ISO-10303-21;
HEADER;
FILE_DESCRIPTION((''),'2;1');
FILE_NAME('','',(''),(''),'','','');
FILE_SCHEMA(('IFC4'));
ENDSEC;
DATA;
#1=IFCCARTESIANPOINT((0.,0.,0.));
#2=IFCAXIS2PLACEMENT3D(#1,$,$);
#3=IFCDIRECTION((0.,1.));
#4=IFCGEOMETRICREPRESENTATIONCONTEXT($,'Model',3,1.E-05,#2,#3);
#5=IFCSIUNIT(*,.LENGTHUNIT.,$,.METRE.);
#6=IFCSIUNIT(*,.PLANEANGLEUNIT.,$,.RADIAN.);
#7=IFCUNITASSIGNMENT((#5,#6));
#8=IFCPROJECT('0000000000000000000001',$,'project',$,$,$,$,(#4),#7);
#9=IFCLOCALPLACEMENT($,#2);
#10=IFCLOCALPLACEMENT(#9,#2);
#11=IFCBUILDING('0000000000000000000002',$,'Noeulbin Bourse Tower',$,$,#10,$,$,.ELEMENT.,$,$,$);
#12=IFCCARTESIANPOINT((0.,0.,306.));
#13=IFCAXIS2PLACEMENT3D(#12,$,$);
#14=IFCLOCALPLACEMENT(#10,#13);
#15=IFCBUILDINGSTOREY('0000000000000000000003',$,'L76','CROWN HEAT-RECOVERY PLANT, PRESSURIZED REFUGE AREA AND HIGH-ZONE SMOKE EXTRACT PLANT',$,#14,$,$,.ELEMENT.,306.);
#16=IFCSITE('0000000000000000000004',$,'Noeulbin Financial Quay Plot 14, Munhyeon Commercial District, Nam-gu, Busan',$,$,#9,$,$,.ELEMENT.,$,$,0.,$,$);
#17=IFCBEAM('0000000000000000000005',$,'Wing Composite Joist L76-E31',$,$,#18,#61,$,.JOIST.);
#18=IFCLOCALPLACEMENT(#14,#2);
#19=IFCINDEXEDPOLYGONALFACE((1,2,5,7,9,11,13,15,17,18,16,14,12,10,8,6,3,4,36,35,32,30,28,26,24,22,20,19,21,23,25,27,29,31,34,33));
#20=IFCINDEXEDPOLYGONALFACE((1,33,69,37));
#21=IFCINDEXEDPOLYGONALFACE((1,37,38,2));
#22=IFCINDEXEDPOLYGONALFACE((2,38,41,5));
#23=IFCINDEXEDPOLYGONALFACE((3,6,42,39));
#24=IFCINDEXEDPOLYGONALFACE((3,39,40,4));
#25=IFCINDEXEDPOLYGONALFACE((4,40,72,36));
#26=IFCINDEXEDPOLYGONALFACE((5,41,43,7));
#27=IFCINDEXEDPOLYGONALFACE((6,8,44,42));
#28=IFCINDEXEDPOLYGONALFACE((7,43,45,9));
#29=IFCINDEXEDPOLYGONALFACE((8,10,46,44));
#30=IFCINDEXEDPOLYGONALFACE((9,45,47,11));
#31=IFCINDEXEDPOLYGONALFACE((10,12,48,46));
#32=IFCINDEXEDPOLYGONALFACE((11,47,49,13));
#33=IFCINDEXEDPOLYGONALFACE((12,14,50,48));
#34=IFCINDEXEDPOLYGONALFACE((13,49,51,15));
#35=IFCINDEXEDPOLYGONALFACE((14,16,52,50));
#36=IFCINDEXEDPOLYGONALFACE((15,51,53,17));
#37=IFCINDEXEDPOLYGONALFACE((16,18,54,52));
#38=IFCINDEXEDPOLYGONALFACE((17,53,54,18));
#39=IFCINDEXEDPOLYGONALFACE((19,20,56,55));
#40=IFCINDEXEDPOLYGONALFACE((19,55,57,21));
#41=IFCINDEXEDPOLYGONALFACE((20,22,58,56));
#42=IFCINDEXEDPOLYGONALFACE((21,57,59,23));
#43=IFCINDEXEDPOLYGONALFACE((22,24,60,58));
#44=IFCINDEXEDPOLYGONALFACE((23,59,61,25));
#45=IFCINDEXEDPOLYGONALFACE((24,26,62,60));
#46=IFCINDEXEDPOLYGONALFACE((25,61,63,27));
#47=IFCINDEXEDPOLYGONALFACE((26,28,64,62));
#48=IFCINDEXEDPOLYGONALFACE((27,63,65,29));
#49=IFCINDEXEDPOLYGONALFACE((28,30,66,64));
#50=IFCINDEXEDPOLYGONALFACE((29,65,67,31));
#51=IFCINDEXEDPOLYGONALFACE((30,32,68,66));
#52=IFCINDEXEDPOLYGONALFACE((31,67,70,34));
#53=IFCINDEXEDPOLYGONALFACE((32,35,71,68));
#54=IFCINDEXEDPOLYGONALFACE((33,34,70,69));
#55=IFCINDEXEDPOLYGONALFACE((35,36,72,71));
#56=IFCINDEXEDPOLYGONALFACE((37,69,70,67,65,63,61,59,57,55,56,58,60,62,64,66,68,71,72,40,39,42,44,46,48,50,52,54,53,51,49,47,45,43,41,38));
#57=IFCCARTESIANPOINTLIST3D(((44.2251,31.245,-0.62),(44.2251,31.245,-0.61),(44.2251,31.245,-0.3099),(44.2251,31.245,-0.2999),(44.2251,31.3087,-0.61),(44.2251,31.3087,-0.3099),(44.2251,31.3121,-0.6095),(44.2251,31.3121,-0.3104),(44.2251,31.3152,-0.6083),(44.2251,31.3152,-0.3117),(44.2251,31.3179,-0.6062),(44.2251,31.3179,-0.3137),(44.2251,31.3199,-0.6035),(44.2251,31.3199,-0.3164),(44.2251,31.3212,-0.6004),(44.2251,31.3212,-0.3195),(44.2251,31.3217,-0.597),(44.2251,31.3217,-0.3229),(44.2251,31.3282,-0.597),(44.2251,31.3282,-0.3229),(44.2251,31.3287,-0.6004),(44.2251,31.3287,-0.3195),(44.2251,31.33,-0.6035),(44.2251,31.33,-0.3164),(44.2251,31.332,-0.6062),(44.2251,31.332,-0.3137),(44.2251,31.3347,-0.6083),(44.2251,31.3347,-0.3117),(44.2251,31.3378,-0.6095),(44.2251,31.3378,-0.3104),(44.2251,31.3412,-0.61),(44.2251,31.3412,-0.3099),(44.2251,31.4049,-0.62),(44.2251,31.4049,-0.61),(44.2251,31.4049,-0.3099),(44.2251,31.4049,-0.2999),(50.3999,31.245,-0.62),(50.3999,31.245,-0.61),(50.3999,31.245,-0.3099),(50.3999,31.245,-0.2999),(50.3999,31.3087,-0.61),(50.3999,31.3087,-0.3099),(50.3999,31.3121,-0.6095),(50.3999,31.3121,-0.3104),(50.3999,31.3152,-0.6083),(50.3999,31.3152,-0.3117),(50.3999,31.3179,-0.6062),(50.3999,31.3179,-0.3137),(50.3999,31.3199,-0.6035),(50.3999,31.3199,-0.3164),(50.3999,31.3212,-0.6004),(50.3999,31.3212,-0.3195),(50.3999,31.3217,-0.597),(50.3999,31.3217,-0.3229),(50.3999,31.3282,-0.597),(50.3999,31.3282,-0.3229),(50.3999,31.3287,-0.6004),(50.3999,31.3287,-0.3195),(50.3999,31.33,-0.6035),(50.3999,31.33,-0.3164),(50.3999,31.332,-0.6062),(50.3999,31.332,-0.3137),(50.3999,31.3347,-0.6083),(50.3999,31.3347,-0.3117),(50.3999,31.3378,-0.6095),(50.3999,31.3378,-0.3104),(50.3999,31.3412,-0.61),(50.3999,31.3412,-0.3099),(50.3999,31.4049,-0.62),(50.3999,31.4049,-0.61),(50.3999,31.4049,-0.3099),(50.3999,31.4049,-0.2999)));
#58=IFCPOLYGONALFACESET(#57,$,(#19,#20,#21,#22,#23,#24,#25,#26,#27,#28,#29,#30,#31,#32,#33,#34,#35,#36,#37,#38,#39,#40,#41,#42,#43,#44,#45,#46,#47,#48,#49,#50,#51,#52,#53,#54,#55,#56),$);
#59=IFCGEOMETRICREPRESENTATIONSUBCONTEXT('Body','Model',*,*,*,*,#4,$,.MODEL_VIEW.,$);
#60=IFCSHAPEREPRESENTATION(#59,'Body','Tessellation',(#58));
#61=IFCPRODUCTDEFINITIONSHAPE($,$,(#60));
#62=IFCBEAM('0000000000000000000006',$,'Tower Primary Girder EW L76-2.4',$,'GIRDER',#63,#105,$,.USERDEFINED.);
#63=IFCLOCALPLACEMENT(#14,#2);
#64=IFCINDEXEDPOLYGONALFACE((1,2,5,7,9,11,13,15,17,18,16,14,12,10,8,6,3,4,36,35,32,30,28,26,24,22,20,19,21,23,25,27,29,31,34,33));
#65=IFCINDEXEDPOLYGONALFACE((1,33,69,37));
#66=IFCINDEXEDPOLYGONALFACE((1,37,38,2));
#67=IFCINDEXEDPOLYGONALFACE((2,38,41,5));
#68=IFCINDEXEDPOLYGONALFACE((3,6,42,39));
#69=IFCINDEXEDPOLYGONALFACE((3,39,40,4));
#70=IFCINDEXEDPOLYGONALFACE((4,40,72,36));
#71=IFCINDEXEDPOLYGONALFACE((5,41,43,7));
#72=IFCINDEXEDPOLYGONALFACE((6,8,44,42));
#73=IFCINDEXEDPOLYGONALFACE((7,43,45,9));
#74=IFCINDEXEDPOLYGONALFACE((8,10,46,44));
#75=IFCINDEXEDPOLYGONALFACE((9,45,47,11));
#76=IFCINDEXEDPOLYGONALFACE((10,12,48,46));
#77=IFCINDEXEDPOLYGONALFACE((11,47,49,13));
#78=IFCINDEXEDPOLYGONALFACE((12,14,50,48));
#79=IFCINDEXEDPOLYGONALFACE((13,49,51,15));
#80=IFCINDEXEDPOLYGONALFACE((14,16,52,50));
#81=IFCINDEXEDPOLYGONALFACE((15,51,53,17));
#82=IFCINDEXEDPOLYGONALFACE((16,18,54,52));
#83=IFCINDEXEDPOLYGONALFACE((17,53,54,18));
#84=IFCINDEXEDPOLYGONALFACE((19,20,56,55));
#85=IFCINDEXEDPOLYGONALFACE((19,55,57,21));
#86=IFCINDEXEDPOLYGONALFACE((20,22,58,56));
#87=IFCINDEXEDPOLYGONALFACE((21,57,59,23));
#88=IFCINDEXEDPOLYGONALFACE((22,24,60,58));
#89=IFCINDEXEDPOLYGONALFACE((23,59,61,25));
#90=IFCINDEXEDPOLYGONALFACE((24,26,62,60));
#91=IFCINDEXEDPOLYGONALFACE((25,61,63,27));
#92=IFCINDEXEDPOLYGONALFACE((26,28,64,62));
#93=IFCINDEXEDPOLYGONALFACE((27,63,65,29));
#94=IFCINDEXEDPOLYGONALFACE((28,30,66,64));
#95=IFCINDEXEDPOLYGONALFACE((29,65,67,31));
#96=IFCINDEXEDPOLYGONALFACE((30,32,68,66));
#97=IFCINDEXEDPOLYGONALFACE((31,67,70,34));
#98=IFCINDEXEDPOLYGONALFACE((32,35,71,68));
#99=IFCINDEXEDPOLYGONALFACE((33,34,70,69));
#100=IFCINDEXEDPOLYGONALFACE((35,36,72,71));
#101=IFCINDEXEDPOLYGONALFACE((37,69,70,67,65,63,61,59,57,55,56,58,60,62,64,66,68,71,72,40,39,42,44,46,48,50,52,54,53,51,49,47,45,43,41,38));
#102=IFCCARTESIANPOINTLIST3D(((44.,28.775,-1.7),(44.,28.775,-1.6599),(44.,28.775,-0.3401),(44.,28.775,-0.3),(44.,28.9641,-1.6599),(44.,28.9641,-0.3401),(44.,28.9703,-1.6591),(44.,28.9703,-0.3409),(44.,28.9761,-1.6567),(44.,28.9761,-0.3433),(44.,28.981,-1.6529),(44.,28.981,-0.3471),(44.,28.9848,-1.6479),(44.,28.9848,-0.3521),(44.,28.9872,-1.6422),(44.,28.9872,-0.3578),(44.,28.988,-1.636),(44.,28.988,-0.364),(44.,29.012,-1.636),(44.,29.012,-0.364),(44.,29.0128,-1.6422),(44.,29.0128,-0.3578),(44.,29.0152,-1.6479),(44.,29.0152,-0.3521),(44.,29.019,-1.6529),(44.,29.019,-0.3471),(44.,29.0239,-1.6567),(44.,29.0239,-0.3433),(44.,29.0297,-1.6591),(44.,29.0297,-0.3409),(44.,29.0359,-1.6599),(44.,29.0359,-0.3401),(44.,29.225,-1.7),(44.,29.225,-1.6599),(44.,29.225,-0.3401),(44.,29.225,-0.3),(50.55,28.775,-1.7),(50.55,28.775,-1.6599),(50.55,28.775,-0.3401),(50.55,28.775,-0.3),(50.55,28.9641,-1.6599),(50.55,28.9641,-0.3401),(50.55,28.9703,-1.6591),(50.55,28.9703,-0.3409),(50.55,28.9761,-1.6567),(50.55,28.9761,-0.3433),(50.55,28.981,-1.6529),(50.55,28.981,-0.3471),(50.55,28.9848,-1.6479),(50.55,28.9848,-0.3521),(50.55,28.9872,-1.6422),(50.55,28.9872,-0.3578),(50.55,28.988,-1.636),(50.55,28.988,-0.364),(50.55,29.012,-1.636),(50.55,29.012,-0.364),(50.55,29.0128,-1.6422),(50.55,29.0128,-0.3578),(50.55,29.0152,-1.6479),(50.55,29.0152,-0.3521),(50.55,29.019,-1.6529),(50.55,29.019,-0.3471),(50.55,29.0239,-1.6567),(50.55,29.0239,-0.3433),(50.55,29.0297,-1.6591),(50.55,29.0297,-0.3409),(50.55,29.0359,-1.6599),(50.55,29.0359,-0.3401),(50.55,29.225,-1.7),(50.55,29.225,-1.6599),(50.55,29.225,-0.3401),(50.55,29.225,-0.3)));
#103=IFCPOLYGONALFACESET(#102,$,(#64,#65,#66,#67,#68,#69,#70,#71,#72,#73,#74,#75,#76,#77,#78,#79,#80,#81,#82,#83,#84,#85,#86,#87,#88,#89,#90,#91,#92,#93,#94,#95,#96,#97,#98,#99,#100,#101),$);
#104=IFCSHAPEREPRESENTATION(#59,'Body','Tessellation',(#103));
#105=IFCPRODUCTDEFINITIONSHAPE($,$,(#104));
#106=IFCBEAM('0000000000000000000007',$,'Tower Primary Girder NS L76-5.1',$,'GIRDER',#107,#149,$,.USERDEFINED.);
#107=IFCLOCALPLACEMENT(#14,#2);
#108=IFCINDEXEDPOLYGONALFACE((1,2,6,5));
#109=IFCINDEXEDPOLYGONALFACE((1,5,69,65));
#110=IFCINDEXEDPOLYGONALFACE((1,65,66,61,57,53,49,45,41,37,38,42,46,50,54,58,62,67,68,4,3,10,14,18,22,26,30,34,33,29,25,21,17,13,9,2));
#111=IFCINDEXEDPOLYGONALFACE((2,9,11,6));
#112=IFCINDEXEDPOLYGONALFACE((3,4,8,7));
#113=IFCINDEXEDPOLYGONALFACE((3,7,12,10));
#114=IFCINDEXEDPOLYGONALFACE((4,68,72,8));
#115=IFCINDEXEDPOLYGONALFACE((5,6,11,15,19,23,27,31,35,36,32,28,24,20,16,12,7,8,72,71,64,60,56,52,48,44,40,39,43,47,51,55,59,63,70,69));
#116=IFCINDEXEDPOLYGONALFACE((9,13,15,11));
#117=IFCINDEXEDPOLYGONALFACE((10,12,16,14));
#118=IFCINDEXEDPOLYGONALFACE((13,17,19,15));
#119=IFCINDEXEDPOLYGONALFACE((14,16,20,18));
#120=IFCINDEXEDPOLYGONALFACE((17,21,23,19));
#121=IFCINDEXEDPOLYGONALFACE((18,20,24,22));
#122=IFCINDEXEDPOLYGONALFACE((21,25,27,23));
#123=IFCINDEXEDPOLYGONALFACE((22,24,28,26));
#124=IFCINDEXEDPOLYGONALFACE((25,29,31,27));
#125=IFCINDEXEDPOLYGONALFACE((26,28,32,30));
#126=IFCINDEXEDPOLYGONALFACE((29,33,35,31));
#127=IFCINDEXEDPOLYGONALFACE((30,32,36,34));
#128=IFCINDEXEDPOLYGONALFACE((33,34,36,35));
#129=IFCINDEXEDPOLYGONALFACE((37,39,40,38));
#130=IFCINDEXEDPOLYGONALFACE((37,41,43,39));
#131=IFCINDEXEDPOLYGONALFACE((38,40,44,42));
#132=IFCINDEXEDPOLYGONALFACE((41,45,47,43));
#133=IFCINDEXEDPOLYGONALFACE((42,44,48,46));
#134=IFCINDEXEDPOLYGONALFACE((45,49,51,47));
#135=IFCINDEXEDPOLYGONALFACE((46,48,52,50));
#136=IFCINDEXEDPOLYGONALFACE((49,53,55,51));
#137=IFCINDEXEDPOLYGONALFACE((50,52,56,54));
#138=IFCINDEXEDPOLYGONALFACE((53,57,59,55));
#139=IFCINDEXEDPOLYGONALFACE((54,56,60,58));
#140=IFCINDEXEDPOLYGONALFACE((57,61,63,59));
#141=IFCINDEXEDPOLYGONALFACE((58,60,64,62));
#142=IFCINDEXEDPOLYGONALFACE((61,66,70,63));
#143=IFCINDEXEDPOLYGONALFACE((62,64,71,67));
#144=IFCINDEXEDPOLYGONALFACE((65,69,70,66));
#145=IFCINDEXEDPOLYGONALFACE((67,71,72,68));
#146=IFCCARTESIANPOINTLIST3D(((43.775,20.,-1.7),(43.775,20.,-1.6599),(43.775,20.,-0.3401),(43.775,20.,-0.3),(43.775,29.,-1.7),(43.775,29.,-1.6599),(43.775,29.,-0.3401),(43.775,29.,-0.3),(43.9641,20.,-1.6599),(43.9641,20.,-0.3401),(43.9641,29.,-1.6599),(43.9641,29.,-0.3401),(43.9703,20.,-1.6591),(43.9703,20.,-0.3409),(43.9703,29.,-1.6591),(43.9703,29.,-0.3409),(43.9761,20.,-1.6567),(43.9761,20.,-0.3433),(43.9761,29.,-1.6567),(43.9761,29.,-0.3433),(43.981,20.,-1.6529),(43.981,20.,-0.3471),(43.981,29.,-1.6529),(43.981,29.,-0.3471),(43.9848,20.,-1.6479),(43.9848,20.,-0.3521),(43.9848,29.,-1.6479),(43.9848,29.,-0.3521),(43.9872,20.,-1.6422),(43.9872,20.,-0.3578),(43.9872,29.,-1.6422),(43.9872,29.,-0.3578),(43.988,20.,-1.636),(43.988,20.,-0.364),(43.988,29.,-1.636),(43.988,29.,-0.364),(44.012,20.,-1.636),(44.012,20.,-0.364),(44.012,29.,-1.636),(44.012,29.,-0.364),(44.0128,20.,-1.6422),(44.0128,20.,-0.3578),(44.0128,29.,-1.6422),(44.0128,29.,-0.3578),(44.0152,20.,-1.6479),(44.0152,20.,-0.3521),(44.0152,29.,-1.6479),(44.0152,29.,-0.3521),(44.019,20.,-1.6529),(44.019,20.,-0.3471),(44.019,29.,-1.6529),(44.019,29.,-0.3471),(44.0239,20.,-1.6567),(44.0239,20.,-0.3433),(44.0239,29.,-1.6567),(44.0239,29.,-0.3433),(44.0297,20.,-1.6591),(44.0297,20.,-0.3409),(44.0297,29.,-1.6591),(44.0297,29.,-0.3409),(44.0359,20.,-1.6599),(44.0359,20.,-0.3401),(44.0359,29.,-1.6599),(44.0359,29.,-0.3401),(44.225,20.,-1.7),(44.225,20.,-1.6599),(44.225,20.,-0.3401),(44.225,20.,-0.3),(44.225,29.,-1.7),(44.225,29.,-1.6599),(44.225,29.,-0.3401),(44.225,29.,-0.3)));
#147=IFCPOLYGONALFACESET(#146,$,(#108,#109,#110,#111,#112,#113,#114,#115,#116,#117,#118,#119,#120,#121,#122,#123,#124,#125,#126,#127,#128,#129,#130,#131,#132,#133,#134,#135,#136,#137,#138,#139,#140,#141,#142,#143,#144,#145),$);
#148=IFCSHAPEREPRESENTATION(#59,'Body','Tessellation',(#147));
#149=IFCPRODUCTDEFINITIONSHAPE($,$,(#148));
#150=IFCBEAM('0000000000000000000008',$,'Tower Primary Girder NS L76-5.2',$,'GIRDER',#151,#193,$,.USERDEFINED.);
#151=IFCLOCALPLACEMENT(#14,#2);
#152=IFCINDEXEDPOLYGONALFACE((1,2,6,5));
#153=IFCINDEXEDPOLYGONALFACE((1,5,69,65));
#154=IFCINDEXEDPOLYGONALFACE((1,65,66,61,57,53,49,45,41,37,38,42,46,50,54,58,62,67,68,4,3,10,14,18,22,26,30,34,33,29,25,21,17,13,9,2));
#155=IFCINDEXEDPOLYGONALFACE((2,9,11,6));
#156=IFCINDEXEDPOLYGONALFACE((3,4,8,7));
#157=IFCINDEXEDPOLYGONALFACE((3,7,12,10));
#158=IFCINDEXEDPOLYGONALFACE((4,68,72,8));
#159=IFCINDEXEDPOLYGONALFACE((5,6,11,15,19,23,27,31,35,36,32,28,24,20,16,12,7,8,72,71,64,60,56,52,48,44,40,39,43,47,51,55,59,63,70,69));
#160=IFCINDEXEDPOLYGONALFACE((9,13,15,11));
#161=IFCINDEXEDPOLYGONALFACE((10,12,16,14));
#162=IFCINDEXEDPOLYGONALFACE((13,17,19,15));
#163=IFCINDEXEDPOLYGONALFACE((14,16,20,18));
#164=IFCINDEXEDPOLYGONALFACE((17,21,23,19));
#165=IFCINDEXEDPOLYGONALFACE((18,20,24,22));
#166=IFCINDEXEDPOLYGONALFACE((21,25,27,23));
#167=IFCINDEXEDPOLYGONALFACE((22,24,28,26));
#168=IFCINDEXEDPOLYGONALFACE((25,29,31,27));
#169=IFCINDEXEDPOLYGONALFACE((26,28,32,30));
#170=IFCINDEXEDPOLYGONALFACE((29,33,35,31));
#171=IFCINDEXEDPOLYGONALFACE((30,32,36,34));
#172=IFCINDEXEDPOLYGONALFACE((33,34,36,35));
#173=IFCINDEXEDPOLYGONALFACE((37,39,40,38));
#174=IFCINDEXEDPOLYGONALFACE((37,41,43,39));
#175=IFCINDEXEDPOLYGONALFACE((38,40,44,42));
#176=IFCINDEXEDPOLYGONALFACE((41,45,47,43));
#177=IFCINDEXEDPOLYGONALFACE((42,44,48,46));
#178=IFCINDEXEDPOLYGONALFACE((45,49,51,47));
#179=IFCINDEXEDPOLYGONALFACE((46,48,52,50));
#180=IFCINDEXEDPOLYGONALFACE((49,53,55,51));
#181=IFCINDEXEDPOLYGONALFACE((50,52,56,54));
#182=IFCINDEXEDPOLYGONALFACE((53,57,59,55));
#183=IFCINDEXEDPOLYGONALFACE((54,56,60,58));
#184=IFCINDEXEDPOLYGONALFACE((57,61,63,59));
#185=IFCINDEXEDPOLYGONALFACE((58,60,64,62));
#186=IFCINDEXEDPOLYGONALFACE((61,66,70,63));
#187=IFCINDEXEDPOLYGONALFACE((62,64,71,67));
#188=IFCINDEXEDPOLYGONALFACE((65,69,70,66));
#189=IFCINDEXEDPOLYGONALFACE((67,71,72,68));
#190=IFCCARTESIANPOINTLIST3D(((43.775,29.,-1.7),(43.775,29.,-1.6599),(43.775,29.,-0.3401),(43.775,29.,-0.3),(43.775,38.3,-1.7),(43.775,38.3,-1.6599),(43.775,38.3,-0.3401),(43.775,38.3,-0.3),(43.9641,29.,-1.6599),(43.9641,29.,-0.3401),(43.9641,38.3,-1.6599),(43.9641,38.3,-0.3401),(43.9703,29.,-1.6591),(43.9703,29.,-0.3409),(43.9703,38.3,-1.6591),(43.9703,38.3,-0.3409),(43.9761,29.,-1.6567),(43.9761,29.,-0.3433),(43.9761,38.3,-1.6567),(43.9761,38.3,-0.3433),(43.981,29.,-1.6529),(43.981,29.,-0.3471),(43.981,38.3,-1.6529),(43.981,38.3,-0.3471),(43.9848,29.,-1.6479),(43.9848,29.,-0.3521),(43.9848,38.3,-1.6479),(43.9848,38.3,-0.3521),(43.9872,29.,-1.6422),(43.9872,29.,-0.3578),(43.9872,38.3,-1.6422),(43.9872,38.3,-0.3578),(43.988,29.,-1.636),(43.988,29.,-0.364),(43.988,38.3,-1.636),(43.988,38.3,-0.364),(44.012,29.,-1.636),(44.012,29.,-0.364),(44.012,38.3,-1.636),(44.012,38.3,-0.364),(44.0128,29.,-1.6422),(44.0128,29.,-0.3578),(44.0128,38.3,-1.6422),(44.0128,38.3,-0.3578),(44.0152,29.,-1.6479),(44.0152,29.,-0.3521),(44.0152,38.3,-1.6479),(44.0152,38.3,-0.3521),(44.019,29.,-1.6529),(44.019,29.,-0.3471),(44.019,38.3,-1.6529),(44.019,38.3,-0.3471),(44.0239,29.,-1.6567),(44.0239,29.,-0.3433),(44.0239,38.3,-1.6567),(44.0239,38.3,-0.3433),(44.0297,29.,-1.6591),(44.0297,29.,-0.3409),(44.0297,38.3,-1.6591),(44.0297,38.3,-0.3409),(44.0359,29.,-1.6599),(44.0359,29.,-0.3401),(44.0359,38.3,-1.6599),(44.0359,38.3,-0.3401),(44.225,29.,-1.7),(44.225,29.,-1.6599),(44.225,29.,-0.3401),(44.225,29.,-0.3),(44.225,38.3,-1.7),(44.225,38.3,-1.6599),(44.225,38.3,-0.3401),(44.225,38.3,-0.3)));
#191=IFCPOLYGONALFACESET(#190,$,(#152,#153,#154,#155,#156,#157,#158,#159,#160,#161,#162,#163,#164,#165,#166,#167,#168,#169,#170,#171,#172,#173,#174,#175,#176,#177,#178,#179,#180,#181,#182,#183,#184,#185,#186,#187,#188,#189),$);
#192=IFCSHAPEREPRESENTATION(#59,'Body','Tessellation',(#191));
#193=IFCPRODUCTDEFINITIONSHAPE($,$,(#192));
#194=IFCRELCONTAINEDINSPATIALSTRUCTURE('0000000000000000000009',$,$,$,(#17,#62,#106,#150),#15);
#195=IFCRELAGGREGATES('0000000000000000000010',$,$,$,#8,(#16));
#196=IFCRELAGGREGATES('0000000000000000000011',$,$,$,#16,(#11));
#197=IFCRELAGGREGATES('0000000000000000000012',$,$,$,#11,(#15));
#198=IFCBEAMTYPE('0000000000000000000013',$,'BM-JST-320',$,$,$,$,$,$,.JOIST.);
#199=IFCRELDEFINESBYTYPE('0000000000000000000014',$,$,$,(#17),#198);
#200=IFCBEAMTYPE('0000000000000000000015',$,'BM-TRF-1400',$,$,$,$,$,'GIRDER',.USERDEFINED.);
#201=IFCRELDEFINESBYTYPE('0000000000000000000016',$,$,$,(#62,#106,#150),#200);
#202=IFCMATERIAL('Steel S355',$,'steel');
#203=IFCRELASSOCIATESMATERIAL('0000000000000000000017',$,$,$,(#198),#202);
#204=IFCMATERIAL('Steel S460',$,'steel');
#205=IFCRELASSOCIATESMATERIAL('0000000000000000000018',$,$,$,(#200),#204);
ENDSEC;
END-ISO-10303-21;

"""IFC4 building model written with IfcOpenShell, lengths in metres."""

from ifc_helpers import new_model, si_unit, direction, frame, origin, origin_2d, place, context, subcontext, project, spatial, i_section, extrude, material, material_profile, profile_set, type_object, element, save


model = new_model("IFC4")

# Units and contexts
model_context = context("Model", 3, precision=1e-05, world=origin(), true_north=direction((0.0, 1.0)))
body_context = subcontext(model_context, "Body", "Model", "MODEL_VIEW")
ifc_project = project(units=[si_unit("LENGTHUNIT", "METRE"), si_unit("PLANEANGLEUNIT", "RADIAN")], contexts=[model_context])

# Site, building, storey
site_placement = place(None, origin())
site = spatial("IfcSite", under=ifc_project, at=site_placement, Name="Noeulbin Financial Quay Plot 14, Munhyeon Commercial District, Nam-gu, Busan", CompositionType="ELEMENT", RefElevation=0.0)
building_placement = place(site_placement, origin())
building = spatial("IfcBuilding", under=site, at=building_placement, Name="Noeulbin Bourse Tower", CompositionType="ELEMENT")
storey_placement = place(building_placement, frame((0.0, 0.0, 306.0)))
storey = spatial("IfcBuildingStorey", under=building, at=storey_placement, Name="L76", Description="CROWN HEAT-RECOVERY PLANT, PRESSURIZED REFUGE AREA AND HIGH-ZONE SMOKE EXTRACT PLANT", CompositionType="ELEMENT", Elevation=306.0)

# Shared definitions
ifc_material_1 = material(Name="Steel S355", Category="steel")

# Beams
ifc_material_profile_1 = material_profile(ifc_material_1, i_section(OverallWidth=0.1599, OverallDepth=0.3201, WebThickness=0.0066, FlangeThickness=0.01, FilletRadius=0.0129, at=origin_2d()), Name="H-320x160x6.5x10", Category="LoadBearing")
ifc_profile_set_1 = profile_set([ifc_material_profile_1], Name="Steel S355")
beam_type_1 = type_object("IfcBeamType", Name="BM-JST-320", PredefinedType="JOIST", material=ifc_profile_set_1)
beam_1_placement = place(storey_placement, frame((44.2251, 31.325, -0.46), z_axis=(1.0, 0.0, 0.0), x_axis=(0.0, 1.0, 0.0)))
element("IfcBeam", 1, at=beam_1_placement, inside=storey, type_object=beam_type_1, Name="Wing Composite Joist L76-E31", PredefinedType="JOIST", context=body_context, shape_type="SweptSolid", body=[
    extrude(i_section(OverallWidth=0.1599, OverallDepth=0.3201, WebThickness=0.0066, FlangeThickness=0.01, FilletRadius=0.0129, at=origin_2d()), origin(), (0.0, 0.0, 1.0), 6.1748),
])
ifc_material_2 = material(Name="Steel S460", Category="steel")
ifc_material_profile_2 = material_profile(ifc_material_2, i_section(OverallWidth=0.45, OverallDepth=1.3999, WebThickness=0.0239, FlangeThickness=0.04, FilletRadius=0.0239, at=origin_2d()), Name="PG-1400x450x24x40", Category="LoadBearing")
ifc_profile_set_2 = profile_set([ifc_material_profile_2], Name="Steel S460")
beam_type_2 = type_object("IfcBeamType", Name="BM-TRF-1400", ElementType="GIRDER", PredefinedType="USERDEFINED", material=ifc_profile_set_2)
beam_2_placement = place(storey_placement, frame((44.0, 29.0, -1.0), z_axis=(1.0, 0.0, 0.0), x_axis=(0.0, 1.0, 0.0)))
element("IfcBeam", 2, at=beam_2_placement, inside=storey, type_object=beam_type_2, Name="Tower Primary Girder EW L76-2.4", ObjectType="GIRDER", PredefinedType="USERDEFINED", context=body_context, shape_type="SweptSolid", body=[
    extrude(i_section(OverallWidth=0.45, OverallDepth=1.3999, WebThickness=0.0239, FlangeThickness=0.04, FilletRadius=0.0239, at=origin_2d()), origin(), (0.0, 0.0, 1.0), 6.55),
])
beam_3_placement = place(storey_placement, frame((44.0, 20.0, -1.0), z_axis=(0.0, 1.0, 0.0), x_axis=(-1.0, 0.0, 0.0)))
element("IfcBeam", 3, at=beam_3_placement, inside=storey, type_object=beam_type_2, Name="Tower Primary Girder NS L76-5.1", ObjectType="GIRDER", PredefinedType="USERDEFINED", context=body_context, shape_type="SweptSolid", body=[
    extrude(i_section(OverallWidth=0.45, OverallDepth=1.3999, WebThickness=0.0239, FlangeThickness=0.04, FilletRadius=0.0239, at=origin_2d()), origin(), (0.0, 0.0, 1.0), 9.0),
])
for number, where, z_axis, x_axis, name in (
    (4, (44.0, 29.0, -1.0), (0.0, 1.0, 0.0), (-1.0, 0.0, 0.0), "Tower Primary Girder NS L76-5.2"),
):
    element("IfcBeam", number, at=place(storey_placement, frame(where, z_axis=z_axis, x_axis=x_axis)), inside=storey, type_object=beam_type_2, Name=name, ObjectType="GIRDER", PredefinedType="USERDEFINED", context=body_context, shape_type="SweptSolid", body=[
        extrude(i_section(OverallWidth=0.45, OverallDepth=1.3999, WebThickness=0.0239, FlangeThickness=0.04, FilletRadius=0.0239, at=origin_2d()), origin(), (0.0, 0.0, 1.0), 9.3),
    ])

save(model, "model.ifc")
